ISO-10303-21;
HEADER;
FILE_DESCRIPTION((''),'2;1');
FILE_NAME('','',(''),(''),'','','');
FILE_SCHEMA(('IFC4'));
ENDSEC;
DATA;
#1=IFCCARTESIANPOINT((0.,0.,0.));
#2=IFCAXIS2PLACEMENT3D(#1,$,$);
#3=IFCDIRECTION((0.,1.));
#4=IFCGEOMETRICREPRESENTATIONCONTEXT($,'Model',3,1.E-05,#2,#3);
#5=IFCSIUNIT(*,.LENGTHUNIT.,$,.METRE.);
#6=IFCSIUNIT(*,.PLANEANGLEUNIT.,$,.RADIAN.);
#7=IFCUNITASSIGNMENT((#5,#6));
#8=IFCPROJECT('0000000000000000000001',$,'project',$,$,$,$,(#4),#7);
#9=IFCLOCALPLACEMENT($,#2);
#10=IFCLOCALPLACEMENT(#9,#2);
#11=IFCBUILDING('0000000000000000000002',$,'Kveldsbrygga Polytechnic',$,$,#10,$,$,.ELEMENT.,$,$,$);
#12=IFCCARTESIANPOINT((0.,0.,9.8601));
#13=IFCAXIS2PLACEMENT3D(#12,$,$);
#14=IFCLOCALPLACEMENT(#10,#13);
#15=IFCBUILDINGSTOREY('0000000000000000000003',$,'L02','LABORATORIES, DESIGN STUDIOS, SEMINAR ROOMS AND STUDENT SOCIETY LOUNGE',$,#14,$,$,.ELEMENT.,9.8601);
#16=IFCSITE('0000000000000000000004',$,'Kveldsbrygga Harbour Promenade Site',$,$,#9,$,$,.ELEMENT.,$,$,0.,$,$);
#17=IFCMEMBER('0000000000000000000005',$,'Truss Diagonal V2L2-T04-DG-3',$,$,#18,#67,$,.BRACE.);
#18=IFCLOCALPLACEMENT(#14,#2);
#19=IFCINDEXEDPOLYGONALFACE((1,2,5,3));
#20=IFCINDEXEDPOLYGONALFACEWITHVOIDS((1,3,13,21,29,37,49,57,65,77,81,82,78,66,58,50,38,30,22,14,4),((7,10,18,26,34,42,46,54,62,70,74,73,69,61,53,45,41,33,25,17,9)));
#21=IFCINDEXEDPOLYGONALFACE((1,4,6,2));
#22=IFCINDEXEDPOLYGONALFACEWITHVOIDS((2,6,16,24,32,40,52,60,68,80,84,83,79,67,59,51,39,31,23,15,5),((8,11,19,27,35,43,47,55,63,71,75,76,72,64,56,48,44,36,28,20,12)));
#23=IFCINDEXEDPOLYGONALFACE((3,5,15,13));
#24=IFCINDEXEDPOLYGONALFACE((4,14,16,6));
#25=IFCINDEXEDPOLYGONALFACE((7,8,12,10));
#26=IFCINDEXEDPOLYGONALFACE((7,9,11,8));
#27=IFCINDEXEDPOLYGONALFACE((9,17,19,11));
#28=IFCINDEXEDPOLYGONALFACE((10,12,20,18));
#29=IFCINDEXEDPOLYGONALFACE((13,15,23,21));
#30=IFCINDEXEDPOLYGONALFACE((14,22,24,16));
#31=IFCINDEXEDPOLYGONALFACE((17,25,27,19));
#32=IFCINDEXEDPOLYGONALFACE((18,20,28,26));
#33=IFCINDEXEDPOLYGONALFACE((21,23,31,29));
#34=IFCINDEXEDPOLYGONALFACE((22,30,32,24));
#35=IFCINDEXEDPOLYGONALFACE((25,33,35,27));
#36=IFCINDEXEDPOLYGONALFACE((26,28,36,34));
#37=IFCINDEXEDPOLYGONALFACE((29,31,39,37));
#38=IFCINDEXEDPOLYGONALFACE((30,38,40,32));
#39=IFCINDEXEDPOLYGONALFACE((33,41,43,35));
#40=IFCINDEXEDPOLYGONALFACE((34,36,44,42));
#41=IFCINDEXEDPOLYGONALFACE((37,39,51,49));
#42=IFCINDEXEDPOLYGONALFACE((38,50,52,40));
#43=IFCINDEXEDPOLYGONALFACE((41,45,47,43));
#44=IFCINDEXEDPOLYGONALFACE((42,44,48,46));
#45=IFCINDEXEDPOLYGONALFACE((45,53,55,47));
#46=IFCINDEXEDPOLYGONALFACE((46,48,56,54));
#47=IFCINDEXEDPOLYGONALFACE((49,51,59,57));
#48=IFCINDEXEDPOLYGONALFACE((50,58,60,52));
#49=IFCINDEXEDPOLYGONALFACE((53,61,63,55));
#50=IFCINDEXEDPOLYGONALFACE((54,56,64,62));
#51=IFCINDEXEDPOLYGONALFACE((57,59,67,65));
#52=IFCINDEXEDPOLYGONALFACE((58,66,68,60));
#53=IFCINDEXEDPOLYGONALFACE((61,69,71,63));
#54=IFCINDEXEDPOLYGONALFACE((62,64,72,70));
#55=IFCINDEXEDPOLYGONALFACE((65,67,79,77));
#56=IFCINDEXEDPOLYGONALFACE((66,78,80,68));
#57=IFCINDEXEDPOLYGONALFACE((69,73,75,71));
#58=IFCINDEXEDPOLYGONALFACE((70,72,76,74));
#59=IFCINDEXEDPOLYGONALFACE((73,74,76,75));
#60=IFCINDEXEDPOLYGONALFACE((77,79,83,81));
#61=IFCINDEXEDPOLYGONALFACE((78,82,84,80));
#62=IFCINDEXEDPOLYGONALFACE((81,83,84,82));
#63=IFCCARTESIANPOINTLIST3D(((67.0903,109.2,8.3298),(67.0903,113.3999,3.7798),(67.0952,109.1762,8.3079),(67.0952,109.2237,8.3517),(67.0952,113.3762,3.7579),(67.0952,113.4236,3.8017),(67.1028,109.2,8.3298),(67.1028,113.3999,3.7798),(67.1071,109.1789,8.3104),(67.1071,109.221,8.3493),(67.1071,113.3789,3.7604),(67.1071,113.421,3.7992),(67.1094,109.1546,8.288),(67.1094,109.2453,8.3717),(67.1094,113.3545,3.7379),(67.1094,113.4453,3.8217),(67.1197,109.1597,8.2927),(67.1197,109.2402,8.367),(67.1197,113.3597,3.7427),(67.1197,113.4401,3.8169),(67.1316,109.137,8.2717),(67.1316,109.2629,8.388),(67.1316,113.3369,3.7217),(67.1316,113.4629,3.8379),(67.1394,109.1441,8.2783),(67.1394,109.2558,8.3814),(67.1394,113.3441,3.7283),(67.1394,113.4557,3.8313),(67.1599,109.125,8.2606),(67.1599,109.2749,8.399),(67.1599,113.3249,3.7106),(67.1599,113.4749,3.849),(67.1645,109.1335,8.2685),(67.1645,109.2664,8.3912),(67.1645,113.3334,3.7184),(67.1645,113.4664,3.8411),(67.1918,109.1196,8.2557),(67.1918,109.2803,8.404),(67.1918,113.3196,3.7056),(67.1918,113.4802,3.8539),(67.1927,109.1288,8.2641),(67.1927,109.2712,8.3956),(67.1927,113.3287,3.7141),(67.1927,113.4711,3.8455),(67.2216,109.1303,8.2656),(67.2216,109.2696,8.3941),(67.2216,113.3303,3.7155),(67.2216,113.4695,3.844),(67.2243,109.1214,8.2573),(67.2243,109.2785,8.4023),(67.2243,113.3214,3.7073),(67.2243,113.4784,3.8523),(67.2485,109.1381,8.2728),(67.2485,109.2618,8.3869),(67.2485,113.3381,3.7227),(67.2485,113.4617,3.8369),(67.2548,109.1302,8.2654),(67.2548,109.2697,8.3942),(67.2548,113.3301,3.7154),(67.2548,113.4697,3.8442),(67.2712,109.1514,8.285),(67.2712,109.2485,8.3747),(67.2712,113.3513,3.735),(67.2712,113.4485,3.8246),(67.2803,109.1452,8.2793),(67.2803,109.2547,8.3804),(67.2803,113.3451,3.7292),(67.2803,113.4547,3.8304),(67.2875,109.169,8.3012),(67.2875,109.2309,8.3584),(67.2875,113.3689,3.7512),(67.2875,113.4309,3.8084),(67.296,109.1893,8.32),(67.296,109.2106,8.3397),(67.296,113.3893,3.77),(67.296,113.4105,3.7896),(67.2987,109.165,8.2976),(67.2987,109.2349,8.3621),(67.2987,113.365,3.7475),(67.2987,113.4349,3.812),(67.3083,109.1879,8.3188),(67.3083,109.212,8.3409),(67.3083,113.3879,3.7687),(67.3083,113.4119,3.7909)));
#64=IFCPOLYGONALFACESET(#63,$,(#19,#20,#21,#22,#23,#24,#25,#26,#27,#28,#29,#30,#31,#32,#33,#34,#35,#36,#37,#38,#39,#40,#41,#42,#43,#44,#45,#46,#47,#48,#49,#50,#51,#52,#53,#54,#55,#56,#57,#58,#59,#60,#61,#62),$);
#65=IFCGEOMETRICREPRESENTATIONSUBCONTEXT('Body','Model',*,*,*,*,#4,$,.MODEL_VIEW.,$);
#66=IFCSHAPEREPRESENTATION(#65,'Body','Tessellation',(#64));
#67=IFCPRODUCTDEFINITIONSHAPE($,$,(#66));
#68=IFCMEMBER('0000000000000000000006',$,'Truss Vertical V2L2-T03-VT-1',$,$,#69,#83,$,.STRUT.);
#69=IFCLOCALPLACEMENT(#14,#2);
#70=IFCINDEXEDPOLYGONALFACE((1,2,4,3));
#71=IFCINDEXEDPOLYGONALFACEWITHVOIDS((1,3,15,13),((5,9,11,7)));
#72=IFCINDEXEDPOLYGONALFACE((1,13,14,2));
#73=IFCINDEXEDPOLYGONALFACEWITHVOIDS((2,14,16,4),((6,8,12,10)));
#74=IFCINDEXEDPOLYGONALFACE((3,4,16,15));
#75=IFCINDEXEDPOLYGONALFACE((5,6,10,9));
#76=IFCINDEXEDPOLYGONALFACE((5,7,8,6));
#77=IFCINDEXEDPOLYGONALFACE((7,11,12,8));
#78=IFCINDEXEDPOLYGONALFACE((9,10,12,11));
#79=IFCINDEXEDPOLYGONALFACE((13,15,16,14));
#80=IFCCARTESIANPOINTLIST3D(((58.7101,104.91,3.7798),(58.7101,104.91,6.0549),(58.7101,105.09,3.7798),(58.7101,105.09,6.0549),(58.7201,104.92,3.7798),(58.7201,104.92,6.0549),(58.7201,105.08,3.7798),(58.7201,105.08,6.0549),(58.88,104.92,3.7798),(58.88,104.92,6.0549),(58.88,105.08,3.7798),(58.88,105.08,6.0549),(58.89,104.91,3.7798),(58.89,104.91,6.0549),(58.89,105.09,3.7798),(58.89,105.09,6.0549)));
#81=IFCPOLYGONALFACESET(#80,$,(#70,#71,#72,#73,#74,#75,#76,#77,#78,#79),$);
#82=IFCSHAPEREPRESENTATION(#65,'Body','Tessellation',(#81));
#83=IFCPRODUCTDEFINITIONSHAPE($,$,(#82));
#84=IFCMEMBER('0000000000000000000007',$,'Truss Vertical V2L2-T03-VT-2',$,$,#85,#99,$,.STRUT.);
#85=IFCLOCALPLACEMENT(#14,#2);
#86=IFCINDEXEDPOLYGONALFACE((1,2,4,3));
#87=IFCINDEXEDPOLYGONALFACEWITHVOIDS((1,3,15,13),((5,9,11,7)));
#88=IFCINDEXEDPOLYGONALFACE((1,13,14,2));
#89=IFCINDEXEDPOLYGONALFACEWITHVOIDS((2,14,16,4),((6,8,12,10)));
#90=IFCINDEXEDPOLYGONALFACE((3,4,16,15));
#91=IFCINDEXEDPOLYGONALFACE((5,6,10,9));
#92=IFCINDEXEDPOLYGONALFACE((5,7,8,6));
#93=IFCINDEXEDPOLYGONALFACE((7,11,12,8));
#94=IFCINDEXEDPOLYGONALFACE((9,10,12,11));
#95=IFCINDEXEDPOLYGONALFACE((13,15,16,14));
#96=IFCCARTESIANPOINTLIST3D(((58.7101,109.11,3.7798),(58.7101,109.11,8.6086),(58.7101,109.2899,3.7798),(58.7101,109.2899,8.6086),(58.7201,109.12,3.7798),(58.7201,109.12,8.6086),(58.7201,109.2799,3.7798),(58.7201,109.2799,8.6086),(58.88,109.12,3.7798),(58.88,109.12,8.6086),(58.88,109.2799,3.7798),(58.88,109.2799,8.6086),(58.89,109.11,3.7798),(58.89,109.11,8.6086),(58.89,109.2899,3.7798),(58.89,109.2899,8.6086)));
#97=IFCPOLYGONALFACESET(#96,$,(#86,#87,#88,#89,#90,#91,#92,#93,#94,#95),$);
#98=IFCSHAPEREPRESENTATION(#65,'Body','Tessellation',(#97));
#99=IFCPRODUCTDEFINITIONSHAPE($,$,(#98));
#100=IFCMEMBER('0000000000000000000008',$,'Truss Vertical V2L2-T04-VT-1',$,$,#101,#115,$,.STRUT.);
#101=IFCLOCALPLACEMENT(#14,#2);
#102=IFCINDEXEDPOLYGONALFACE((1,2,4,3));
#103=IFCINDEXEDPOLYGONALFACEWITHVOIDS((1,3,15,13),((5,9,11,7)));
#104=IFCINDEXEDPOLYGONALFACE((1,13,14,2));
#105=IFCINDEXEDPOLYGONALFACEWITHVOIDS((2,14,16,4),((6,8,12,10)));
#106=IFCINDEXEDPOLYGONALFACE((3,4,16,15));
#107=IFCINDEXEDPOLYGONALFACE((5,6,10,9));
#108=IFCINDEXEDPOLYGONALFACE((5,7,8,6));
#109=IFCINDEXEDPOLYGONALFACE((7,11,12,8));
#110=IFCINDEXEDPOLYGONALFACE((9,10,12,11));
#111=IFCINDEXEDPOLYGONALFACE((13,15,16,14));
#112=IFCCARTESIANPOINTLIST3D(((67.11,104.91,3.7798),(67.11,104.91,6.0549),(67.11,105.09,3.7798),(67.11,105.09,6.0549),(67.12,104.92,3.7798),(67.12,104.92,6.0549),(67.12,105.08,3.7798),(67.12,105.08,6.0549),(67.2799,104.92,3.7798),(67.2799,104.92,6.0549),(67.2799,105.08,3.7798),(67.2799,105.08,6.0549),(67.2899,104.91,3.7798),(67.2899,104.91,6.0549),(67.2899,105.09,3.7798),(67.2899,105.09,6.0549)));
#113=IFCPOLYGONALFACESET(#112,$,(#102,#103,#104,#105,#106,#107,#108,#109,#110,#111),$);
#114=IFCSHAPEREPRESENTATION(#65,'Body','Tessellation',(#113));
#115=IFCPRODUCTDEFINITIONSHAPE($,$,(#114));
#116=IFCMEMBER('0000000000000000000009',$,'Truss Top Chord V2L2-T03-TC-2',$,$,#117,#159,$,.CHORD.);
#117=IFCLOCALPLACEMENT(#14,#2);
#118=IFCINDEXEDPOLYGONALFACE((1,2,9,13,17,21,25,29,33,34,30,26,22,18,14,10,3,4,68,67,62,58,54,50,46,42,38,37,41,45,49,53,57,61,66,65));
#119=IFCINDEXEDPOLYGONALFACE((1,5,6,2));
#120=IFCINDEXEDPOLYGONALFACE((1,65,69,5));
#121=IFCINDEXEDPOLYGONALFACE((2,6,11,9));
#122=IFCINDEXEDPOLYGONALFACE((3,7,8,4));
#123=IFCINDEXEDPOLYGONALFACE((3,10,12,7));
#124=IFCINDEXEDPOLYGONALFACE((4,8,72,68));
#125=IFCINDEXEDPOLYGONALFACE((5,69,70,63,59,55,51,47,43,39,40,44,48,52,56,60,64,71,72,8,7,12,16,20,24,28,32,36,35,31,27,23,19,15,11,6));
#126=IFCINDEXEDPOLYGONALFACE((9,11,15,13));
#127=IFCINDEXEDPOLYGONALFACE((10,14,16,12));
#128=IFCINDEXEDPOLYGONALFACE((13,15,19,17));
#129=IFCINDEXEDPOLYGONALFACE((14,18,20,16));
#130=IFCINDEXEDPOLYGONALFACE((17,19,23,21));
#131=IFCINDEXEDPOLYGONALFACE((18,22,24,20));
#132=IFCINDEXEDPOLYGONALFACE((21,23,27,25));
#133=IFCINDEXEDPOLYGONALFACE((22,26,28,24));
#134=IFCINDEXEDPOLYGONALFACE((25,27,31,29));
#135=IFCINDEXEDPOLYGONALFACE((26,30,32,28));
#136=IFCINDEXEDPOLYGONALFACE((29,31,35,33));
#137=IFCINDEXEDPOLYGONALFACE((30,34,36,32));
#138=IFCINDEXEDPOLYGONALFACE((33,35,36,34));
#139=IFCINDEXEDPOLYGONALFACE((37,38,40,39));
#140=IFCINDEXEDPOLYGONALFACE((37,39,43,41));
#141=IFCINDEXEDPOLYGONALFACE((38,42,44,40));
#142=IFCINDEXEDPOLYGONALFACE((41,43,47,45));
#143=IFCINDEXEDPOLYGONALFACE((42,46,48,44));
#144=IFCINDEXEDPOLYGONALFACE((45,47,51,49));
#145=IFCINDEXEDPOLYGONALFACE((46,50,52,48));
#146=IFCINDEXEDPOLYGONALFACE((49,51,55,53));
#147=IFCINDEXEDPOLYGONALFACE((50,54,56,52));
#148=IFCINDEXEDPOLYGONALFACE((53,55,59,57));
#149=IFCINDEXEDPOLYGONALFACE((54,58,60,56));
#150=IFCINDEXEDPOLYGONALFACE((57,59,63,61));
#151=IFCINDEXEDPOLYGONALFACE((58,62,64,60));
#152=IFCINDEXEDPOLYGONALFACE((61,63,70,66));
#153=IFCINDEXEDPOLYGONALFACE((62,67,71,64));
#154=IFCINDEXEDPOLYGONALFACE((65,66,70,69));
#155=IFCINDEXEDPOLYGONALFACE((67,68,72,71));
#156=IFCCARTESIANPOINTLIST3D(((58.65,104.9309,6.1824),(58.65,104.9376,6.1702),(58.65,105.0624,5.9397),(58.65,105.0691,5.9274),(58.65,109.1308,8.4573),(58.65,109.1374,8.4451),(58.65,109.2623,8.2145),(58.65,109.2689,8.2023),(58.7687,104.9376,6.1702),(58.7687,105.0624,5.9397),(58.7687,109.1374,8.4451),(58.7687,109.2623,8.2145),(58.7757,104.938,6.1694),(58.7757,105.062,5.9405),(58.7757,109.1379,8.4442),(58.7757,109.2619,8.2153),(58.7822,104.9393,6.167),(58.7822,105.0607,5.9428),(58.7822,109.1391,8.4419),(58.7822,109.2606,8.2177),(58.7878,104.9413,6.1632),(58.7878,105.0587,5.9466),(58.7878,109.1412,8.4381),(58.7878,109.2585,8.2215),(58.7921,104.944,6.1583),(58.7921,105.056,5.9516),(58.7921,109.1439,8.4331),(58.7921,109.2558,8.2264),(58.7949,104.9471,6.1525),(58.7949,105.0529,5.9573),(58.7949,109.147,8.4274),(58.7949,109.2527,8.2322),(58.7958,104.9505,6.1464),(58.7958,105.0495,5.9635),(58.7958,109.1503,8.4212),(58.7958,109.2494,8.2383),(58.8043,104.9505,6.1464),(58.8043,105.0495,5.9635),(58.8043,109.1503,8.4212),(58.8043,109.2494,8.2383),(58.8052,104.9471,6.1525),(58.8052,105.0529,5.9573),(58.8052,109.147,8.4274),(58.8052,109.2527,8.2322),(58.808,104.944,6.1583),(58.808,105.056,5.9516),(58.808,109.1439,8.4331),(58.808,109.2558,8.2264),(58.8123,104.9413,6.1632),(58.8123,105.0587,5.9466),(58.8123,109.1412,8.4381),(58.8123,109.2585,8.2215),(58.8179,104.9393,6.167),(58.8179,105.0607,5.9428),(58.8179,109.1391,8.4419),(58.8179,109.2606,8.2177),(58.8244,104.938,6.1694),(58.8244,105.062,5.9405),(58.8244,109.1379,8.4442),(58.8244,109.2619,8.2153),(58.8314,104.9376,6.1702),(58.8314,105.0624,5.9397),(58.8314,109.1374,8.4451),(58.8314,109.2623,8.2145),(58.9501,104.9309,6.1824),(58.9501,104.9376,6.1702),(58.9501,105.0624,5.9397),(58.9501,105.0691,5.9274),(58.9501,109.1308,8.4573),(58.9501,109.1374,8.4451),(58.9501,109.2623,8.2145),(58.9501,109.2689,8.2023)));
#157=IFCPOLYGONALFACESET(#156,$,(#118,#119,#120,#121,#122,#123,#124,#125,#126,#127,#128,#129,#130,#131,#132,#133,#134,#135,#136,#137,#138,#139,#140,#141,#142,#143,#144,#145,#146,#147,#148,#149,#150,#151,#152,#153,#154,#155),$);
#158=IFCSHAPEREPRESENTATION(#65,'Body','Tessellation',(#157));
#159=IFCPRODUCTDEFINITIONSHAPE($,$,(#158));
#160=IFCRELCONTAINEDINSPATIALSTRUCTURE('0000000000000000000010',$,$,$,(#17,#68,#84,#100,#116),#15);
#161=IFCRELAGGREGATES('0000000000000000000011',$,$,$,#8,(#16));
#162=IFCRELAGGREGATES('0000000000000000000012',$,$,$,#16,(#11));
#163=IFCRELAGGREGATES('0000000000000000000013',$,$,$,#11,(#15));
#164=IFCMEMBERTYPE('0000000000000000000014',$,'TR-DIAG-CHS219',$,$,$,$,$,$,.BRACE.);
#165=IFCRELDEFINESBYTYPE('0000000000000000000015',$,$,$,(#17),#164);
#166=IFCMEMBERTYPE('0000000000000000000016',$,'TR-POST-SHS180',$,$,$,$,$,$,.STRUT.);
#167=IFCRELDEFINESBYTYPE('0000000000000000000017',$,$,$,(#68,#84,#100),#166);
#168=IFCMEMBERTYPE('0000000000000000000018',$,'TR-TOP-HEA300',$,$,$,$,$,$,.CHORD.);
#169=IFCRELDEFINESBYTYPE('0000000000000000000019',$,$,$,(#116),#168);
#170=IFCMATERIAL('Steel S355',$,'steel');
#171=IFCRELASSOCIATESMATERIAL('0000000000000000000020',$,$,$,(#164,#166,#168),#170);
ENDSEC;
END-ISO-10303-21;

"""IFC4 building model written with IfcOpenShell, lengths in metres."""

from ifc_helpers import new_model, si_unit, direction, frame, origin, origin_2d, place, context, subcontext, project, spatial, hollow_rectangle, hollow_circle, i_section, extrude, material, material_profile, profile_set, type_object, element, save


model = new_model("IFC4")

# Units and contexts
model_context = context("Model", 3, precision=1e-05, world=origin(), true_north=direction((0.0, 1.0)))
body_context = subcontext(model_context, "Body", "Model", "MODEL_VIEW")
ifc_project = project(units=[si_unit("LENGTHUNIT", "METRE"), si_unit("PLANEANGLEUNIT", "RADIAN")], contexts=[model_context])

# Site, building, storey
site_placement = place(None, origin())
site = spatial("IfcSite", under=ifc_project, at=site_placement, Name="Kveldsbrygga Harbour Promenade Site", CompositionType="ELEMENT", RefElevation=0.0)
building_placement = place(site_placement, origin())
building = spatial("IfcBuilding", under=site, at=building_placement, Name="Kveldsbrygga Polytechnic", CompositionType="ELEMENT")
storey_placement = place(building_placement, frame((0.0, 0.0, 9.8601)))
storey = spatial("IfcBuildingStorey", under=building, at=storey_placement, Name="L02", Description="LABORATORIES, DESIGN STUDIOS, SEMINAR ROOMS AND STUDENT SOCIETY LOUNGE", CompositionType="ELEMENT", Elevation=9.8601)

# Members
ifc_material_1 = material(Name="Steel S355", Category="steel")
ifc_material_profile_1 = material_profile(ifc_material_1, hollow_circle(Radius=0.1096, WallThickness=0.0125, at=origin_2d()), Name="CHS 219.1x12.5")
ifc_profile_set_1 = profile_set([ifc_material_profile_1], Name="Steel S355")
member_type_1 = type_object("IfcMemberType", Name="TR-DIAG-CHS219", PredefinedType="BRACE", material=ifc_profile_set_1)
for number, where, z_axis, x_axis, name in (
    (1, (67.2, 109.2, 8.3298), (0.0, 0.678272, -0.734811), (-1.0, 0.0, 0.0), "Truss Diagonal V2L2-T04-DG-3"),
):
    element("IfcMember", number, at=place(storey_placement, frame(where, z_axis=z_axis, x_axis=x_axis)), inside=storey, type_object=member_type_1, Name=name, PredefinedType="BRACE", context=body_context, shape_type="SweptSolid", body=[
        extrude(hollow_circle(Radius=0.1096, WallThickness=0.0125, at=origin_2d()), origin(), (0.0, 0.0, 1.0), 6.1921),
    ])
ifc_material_profile_2 = material_profile(ifc_material_1, hollow_rectangle(XDim=0.1799, YDim=0.1799, WallThickness=0.01, at=origin_2d()), Name="SHS 180x180x10.0")
ifc_profile_set_2 = profile_set([ifc_material_profile_2], Name="Steel S355")
member_type_2 = type_object("IfcMemberType", Name="TR-POST-SHS180", PredefinedType="STRUT", material=ifc_profile_set_2)
member_1_placement = place(storey_placement, frame((58.8, 105.0, 3.7798), z_axis=(0.0, 0.0, 1.0), x_axis=(1.0, 0.0, 0.0)))
element("IfcMember", 2, at=member_1_placement, inside=storey, type_object=member_type_2, Name="Truss Vertical V2L2-T03-VT-1", PredefinedType="STRUT", context=body_context, shape_type="SweptSolid", body=[
    extrude(hollow_rectangle(XDim=0.1799, YDim=0.1799, WallThickness=0.01, at=origin_2d()), origin(), (0.0, 0.0, 1.0), 2.2751),
])
member_2_placement = place(storey_placement, frame((58.8, 109.2, 3.7798), z_axis=(0.0, 0.0, 1.0), x_axis=(1.0, 0.0, 0.0)))
element("IfcMember", 3, at=member_2_placement, inside=storey, type_object=member_type_2, Name="Truss Vertical V2L2-T03-VT-2", PredefinedType="STRUT", context=body_context, shape_type="SweptSolid", body=[
    extrude(hollow_rectangle(XDim=0.1799, YDim=0.1799, WallThickness=0.01, at=origin_2d()), origin(), (0.0, 0.0, 1.0), 4.8289),
])
member_3_placement = place(storey_placement, frame((67.2, 105.0, 3.7798), z_axis=(0.0, 0.0, 1.0), x_axis=(1.0, 0.0, 0.0)))
element("IfcMember", 4, at=member_3_placement, inside=storey, type_object=member_type_2, Name="Truss Vertical V2L2-T04-VT-1", PredefinedType="STRUT", context=body_context, shape_type="SweptSolid", body=[
    extrude(hollow_rectangle(XDim=0.1799, YDim=0.1799, WallThickness=0.01, at=origin_2d()), origin(), (0.0, 0.0, 1.0), 2.2751),
])
ifc_material_profile_3 = material_profile(ifc_material_1, i_section(OverallWidth=0.3, OverallDepth=0.29, WebThickness=0.0085, FlangeThickness=0.0139, FilletRadius=0.0271, at=origin_2d()), Name="HEA 300")
ifc_profile_set_3 = profile_set([ifc_material_profile_3], Name="Steel S355")
member_type_3 = type_object("IfcMemberType", Name="TR-TOP-HEA300", PredefinedType="CHORD", material=ifc_profile_set_3)
for number, where, z_axis, x_axis, name in (
    (5, (58.8, 105.0, 6.0549), (0.0, 0.879298, 0.476272), (-1.0, 0.0, 0.0), "Truss Top Chord V2L2-T03-TC-2"),
):
    element("IfcMember", number, at=place(storey_placement, frame(where, z_axis=z_axis, x_axis=x_axis)), inside=storey, type_object=member_type_3, Name=name, PredefinedType="CHORD", context=body_context, shape_type="SweptSolid", body=[
        extrude(i_section(OverallWidth=0.3, OverallDepth=0.29, WebThickness=0.0085, FlangeThickness=0.0139, FilletRadius=0.0271, at=origin_2d()), origin(), (0.0, 0.0, 1.0), 4.7764),
    ])

save(model, "model.ifc")
